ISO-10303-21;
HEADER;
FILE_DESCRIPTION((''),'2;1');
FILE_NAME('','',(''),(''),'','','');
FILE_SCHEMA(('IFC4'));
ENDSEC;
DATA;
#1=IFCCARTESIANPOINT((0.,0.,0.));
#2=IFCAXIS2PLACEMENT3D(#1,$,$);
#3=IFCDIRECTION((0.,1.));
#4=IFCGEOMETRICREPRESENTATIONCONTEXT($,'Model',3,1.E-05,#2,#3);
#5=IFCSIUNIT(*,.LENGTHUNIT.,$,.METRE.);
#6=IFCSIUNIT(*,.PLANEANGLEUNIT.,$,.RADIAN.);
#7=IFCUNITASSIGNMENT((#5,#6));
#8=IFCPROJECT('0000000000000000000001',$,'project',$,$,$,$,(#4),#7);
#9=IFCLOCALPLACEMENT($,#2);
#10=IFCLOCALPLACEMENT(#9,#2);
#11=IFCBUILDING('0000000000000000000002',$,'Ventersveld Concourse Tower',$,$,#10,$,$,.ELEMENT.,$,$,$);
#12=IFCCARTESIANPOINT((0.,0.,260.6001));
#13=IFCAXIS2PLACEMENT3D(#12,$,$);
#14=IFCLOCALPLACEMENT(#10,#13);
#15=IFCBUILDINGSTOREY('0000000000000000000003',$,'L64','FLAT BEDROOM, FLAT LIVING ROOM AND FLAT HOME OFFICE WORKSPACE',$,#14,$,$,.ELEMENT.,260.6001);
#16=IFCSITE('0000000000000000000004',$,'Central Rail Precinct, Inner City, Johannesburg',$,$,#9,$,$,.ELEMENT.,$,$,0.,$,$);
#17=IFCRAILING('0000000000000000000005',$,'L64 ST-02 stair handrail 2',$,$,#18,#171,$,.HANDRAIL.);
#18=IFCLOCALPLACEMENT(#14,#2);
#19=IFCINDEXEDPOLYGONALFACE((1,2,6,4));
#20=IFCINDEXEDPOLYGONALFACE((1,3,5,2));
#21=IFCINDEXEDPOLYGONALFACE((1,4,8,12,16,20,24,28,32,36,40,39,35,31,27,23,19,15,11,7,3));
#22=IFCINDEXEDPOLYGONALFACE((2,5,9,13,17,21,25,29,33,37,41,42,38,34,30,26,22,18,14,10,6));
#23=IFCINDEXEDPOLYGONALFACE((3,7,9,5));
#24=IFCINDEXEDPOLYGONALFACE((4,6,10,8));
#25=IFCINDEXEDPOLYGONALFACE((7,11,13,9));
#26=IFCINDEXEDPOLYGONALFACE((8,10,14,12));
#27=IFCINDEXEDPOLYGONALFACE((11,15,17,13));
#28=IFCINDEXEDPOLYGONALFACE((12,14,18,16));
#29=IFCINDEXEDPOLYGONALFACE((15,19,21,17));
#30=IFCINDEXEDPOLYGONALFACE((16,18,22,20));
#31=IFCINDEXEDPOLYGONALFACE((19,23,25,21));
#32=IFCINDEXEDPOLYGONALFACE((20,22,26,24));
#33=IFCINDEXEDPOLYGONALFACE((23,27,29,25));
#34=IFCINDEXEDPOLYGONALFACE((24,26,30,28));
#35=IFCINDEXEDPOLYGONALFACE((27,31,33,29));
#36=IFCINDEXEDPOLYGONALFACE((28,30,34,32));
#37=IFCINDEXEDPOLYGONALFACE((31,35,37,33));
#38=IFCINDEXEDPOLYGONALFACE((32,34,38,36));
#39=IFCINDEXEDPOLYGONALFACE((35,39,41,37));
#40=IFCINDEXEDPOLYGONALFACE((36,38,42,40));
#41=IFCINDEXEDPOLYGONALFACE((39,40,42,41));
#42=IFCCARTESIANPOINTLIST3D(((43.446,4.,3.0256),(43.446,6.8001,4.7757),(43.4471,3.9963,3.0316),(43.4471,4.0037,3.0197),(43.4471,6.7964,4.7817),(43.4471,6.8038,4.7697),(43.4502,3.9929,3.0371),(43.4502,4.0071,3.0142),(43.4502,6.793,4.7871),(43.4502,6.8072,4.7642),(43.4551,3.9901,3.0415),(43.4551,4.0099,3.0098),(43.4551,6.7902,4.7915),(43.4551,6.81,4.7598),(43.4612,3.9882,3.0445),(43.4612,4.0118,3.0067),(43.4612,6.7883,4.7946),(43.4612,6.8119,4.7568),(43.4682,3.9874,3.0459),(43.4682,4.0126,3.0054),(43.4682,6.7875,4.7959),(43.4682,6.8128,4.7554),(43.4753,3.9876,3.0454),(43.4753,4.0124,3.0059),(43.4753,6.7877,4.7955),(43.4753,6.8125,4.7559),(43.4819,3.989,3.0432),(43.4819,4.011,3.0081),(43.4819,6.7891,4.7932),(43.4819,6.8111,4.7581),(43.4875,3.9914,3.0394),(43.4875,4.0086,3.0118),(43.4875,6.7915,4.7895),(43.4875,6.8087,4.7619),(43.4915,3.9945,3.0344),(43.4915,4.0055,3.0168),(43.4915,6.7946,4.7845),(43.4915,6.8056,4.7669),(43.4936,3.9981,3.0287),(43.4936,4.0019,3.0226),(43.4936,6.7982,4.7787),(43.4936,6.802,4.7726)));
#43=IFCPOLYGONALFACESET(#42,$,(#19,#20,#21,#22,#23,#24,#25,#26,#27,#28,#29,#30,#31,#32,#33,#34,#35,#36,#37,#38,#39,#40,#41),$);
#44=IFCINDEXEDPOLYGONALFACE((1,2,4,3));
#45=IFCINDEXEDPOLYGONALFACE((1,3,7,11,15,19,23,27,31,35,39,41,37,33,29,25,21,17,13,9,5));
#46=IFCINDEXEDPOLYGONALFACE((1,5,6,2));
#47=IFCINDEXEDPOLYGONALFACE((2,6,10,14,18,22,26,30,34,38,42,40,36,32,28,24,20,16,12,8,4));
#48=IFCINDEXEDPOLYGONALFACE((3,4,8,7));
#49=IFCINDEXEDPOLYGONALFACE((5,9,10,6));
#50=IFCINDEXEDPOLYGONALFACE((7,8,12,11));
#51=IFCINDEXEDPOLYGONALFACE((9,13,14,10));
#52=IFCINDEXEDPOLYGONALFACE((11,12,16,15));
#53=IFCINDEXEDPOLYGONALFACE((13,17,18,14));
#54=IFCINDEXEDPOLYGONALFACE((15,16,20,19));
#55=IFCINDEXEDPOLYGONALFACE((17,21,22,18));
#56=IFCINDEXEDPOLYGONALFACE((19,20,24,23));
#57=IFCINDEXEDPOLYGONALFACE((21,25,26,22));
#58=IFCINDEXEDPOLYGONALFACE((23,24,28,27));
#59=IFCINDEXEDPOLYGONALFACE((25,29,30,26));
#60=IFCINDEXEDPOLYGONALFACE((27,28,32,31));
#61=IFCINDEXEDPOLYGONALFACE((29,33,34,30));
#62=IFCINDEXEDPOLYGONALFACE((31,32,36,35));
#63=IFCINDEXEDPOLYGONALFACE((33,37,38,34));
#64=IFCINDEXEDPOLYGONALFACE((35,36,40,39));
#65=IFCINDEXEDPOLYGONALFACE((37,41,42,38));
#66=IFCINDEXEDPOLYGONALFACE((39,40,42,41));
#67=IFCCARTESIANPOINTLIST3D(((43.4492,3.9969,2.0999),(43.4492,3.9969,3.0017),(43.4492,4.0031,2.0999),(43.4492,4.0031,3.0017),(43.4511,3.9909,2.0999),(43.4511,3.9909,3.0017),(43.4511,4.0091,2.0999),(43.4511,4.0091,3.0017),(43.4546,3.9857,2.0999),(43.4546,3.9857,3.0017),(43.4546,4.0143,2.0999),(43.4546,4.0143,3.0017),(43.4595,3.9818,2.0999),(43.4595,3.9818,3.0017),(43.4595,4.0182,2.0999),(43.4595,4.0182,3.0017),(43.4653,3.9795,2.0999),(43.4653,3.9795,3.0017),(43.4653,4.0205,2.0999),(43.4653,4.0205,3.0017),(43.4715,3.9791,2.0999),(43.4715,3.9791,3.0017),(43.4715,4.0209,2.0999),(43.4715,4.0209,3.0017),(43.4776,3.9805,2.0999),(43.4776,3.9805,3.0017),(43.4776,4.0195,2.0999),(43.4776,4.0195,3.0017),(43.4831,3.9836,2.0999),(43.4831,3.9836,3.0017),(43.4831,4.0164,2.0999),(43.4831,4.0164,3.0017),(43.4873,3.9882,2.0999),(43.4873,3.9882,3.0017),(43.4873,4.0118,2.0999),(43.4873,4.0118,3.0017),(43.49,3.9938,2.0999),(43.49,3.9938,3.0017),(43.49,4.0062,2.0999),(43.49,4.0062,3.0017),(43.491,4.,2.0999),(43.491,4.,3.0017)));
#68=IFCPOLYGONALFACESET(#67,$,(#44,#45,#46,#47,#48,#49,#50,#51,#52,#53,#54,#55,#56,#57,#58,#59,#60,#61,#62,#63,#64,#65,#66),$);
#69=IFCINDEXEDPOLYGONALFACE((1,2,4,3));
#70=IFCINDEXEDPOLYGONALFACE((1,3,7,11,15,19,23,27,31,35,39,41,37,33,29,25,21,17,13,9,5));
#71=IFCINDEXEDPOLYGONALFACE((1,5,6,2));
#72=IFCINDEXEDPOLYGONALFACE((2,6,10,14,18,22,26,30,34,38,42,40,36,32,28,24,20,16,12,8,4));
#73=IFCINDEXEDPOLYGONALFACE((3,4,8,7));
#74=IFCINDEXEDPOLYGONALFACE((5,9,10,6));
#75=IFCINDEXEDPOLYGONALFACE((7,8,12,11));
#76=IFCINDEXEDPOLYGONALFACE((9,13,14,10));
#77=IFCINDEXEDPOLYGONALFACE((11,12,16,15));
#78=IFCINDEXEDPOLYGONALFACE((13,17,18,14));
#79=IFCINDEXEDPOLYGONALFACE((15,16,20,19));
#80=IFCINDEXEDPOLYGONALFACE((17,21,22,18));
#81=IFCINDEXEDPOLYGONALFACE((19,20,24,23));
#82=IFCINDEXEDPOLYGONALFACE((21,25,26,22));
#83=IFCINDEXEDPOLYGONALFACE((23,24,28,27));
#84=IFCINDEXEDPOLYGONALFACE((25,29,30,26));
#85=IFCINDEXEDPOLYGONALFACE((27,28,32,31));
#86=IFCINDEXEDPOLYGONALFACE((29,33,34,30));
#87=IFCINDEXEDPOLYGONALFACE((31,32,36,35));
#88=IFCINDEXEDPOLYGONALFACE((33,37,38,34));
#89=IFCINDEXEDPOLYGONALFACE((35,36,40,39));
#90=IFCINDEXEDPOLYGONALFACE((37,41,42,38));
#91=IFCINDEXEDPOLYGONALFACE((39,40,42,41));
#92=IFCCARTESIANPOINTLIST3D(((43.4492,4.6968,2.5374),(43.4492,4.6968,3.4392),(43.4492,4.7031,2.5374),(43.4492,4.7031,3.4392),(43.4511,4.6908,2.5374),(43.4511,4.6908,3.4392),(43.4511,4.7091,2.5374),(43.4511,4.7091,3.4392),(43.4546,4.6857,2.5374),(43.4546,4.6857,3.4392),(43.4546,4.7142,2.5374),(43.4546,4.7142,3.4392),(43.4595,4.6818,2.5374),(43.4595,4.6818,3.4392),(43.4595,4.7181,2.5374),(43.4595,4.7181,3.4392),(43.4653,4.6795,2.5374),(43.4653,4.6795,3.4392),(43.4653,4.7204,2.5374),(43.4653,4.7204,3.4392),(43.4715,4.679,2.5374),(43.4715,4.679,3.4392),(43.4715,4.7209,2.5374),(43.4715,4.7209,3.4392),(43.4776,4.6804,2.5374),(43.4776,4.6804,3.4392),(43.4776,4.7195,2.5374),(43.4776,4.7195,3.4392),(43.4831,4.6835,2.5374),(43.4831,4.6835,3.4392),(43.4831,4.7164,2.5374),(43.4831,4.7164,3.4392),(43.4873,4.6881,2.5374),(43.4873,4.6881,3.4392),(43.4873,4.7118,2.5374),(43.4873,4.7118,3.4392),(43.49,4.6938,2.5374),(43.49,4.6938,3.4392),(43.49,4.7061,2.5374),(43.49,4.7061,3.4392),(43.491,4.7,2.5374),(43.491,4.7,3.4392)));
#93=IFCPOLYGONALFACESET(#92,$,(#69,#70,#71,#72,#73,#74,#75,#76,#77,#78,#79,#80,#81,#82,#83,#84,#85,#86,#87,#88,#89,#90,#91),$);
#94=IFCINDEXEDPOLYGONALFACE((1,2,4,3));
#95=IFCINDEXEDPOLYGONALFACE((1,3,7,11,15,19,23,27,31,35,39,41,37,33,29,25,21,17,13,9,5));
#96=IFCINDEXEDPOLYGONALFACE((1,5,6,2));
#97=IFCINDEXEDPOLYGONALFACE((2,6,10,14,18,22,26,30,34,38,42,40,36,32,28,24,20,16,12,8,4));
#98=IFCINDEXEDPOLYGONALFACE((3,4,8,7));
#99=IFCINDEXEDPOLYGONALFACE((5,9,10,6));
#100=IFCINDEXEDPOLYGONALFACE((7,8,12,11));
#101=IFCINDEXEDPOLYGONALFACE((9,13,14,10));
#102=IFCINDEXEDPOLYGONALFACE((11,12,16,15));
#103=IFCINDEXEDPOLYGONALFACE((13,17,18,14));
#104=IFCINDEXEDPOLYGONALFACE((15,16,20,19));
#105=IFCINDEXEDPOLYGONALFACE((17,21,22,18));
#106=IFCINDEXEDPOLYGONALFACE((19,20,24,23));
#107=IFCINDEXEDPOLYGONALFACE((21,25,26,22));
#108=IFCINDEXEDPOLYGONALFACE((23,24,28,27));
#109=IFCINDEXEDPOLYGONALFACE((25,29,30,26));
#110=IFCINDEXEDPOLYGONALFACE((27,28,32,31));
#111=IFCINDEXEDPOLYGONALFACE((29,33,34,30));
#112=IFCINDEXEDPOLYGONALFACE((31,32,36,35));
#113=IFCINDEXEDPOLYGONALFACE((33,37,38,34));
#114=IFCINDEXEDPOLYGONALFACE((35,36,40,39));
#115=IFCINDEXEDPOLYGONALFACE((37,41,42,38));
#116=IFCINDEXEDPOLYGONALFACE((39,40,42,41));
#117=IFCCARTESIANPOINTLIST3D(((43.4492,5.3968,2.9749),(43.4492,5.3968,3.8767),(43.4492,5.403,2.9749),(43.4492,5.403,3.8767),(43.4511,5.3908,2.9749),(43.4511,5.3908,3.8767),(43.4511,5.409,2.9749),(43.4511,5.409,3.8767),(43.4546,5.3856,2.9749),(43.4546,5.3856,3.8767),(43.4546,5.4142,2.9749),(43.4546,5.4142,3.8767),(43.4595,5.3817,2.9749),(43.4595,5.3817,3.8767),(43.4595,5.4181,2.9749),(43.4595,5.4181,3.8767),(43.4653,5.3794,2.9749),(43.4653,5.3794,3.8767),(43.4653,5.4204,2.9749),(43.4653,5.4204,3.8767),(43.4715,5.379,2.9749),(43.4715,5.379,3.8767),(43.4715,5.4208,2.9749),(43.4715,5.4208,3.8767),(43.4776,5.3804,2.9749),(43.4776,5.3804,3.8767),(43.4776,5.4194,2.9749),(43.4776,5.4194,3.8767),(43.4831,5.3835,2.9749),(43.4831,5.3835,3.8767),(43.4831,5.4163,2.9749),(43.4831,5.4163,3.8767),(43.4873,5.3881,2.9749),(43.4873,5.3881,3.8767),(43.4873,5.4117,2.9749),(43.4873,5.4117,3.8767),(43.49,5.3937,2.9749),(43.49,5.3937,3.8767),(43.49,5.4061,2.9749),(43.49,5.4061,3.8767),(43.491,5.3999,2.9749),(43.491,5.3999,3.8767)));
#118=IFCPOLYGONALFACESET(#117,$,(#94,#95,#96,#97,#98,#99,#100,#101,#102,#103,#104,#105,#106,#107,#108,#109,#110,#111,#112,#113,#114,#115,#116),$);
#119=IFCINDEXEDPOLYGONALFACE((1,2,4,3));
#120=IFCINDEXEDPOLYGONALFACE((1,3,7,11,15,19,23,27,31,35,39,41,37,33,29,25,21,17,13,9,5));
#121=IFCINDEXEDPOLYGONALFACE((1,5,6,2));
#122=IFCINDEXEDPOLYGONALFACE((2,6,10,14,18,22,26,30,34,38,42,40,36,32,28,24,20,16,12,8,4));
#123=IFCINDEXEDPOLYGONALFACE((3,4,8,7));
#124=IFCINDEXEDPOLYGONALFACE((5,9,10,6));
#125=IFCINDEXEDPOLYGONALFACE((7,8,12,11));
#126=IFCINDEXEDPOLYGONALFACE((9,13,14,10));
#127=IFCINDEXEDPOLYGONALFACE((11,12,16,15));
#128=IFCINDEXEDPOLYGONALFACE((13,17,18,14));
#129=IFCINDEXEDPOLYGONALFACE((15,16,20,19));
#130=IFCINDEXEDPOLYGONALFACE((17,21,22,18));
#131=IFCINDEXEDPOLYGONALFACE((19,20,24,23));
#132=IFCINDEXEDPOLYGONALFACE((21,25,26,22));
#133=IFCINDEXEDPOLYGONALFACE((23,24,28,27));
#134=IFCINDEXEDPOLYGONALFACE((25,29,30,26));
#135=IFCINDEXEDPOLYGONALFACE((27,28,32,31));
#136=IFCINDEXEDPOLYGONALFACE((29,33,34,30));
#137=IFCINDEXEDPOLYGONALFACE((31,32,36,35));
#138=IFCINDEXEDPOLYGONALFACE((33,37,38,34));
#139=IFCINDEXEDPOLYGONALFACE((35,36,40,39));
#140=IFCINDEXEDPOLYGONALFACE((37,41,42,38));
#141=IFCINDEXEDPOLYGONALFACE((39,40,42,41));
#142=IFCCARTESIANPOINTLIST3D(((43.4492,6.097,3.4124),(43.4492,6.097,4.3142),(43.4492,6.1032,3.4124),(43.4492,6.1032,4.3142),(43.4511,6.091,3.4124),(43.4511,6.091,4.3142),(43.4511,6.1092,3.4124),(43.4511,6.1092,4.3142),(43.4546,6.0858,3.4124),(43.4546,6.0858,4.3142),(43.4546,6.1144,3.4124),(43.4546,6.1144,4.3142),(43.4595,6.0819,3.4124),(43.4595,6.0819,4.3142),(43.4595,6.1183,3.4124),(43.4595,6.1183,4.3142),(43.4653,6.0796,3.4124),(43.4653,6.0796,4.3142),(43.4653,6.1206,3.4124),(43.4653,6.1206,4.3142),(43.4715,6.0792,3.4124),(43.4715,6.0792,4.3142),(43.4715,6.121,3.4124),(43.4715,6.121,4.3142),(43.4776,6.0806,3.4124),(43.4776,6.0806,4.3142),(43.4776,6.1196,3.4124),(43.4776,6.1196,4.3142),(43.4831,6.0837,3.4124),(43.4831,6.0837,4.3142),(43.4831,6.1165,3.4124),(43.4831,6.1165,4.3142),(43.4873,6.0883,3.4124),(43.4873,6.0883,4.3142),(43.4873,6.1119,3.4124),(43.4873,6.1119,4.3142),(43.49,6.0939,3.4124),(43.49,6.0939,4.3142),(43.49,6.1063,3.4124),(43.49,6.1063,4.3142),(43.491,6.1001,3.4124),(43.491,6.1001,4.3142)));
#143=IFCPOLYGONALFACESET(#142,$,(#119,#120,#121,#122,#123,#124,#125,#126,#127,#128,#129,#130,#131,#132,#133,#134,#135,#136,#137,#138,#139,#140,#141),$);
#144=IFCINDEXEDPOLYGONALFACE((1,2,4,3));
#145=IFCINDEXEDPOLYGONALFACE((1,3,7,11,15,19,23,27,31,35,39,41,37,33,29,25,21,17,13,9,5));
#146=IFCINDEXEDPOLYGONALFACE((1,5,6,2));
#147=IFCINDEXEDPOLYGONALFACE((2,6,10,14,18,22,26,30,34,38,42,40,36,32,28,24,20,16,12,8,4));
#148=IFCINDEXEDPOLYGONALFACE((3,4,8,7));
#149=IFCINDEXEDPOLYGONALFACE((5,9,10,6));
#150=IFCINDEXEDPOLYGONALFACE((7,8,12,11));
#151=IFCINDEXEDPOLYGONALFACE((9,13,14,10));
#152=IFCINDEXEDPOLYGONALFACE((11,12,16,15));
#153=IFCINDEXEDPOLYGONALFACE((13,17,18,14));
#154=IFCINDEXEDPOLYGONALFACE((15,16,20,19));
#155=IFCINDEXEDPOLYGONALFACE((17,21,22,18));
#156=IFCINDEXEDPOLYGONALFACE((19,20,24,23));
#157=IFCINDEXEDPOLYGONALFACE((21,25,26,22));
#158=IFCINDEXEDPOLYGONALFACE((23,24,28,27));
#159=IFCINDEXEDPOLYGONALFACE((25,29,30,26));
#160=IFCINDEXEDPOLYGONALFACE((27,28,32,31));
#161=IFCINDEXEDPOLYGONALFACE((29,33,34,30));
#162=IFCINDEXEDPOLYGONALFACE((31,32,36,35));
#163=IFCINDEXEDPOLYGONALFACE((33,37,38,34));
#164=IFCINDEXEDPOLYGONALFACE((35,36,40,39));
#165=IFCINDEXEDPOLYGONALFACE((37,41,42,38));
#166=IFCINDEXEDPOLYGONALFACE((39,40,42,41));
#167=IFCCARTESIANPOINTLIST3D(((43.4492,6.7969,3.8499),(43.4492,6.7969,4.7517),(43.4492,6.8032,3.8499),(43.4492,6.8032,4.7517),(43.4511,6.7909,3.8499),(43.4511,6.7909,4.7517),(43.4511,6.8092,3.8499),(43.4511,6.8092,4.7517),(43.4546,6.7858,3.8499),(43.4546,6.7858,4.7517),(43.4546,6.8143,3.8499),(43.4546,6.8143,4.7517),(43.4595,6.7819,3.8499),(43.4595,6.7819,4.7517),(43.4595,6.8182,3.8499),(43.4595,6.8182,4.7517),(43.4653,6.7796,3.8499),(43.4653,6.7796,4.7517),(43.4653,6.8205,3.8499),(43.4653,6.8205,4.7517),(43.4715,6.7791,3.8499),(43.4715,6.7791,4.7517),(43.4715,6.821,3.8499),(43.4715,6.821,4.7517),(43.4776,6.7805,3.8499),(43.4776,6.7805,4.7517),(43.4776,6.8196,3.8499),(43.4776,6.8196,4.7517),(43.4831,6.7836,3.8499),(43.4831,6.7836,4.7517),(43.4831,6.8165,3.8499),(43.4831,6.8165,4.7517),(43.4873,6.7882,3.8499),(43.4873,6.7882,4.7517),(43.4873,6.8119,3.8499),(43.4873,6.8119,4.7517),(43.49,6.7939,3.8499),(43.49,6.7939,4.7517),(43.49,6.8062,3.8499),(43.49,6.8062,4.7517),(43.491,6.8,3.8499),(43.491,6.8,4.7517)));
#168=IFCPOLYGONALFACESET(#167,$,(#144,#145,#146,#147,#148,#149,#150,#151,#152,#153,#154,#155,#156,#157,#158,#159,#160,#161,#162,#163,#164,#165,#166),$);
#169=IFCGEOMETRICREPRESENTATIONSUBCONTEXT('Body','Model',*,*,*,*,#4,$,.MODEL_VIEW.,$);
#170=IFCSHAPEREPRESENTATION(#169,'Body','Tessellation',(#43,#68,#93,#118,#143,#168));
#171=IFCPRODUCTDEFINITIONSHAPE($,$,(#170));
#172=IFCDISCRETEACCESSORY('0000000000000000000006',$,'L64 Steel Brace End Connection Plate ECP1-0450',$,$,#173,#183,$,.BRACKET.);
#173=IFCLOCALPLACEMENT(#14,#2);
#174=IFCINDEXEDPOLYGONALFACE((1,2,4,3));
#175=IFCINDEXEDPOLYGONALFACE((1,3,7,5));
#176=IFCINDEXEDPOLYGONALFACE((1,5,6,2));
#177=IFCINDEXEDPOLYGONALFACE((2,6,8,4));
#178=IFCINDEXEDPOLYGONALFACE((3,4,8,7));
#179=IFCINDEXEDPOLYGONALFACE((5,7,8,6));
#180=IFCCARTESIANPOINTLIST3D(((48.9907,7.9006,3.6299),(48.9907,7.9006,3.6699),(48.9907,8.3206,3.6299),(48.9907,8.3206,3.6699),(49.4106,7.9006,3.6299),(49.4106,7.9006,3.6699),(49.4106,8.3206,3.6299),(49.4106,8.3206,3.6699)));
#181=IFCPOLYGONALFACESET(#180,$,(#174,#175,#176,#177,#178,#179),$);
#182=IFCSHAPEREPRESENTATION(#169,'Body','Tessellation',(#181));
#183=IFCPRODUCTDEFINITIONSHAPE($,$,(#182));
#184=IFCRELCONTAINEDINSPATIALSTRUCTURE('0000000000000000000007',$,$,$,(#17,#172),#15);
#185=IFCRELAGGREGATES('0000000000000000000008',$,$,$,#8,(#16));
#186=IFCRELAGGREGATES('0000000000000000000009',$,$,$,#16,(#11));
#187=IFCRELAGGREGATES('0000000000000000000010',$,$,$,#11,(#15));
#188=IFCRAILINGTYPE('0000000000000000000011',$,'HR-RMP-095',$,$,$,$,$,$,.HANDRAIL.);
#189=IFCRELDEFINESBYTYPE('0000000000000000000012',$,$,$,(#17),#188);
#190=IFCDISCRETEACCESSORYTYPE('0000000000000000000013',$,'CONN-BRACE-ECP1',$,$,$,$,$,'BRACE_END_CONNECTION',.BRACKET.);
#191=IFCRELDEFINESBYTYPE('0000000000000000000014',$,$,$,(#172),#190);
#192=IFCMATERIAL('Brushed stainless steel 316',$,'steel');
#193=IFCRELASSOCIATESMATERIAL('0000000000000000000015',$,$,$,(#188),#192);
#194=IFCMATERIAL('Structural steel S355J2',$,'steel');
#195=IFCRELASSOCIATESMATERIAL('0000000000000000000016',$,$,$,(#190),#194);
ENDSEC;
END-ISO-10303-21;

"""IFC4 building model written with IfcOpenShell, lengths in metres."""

from ifc_helpers import new_model, si_unit, direction, frame, origin, origin_2d, place, context, subcontext, project, spatial, rectangle, circle, extrude, material, type_object, element, save


model = new_model("IFC4")

# Units and contexts
model_context = context("Model", 3, precision=1e-05, world=origin(), true_north=direction((0.0, 1.0)))
body_context = subcontext(model_context, "Body", "Model", "MODEL_VIEW")
ifc_project = project(units=[si_unit("LENGTHUNIT", "METRE"), si_unit("PLANEANGLEUNIT", "RADIAN")], contexts=[model_context])

# Site, building, storey
site_placement = place(None, origin())
site = spatial("IfcSite", under=ifc_project, at=site_placement, Name="Central Rail Precinct, Inner City, Johannesburg", CompositionType="ELEMENT", RefElevation=0.0)
building_placement = place(site_placement, origin())
building = spatial("IfcBuilding", under=site, at=building_placement, Name="Ventersveld Concourse Tower", CompositionType="ELEMENT")
storey_placement = place(building_placement, frame((0.0, 0.0, 260.6001)))
storey = spatial("IfcBuildingStorey", under=building, at=storey_placement, Name="L64", Description="FLAT BEDROOM, FLAT LIVING ROOM AND FLAT HOME OFFICE WORKSPACE", CompositionType="ELEMENT", Elevation=260.6001)

# Shared definitions
ifc_material_1 = material(Name="Structural steel S355J2", Category="steel")

# Railing
ifc_material_2 = material(Name="Brushed stainless steel 316", Category="steel")
railing_type = type_object("IfcRailingType", Name="HR-RMP-095", PredefinedType="HANDRAIL", material=ifc_material_2)
railing_placement = place(storey_placement, frame((43.47, 4.0, 2.0999)))
element("IfcRailing", 1, at=railing_placement, inside=storey, type_object=railing_type, Name="L64 ST-02 stair handrail 2", PredefinedType="HANDRAIL", context=body_context, shape_type="SweptSolid", body=[
    extrude(circle(Radius=0.0239, at=origin_2d()), frame((0.0, 0.0, 0.9258), z_axis=(0.0, 0.848002, 0.529992), x_axis=(-1.0, 0.0, 0.0)), (0.0, 0.0, 1.0), 3.302),
    extrude(circle(Radius=0.021, at=origin_2d()), origin(), (0.0, 0.0, 1.0), 0.9019),
    extrude(circle(Radius=0.021, at=origin_2d()), frame((0.0, 0.7, 0.4375)), (0.0, 0.0, 1.0), 0.9019),
    extrude(circle(Radius=0.021, at=origin_2d()), frame((0.0, 1.3999, 0.875)), (0.0, 0.0, 1.0), 0.9019),
    extrude(circle(Radius=0.021, at=origin_2d()), frame((0.0, 2.1001, 1.3125)), (0.0, 0.0, 1.0), 0.9019),
    extrude(circle(Radius=0.021, at=origin_2d()), frame((0.0, 2.8, 1.75)), (0.0, 0.0, 1.0), 0.9019),
])

# Discrete accessory
discrete_accessory_type = type_object("IfcDiscreteAccessoryType", Name="CONN-BRACE-ECP1", ElementType="BRACE_END_CONNECTION", PredefinedType="BRACKET", material=ifc_material_1)
discrete_accessory_placement = place(storey_placement, frame((49.2007, 8.1106, 3.6299), z_axis=(0.0, 0.0, 1.0), x_axis=(1.0, 0.0, 0.0)))
element("IfcDiscreteAccessory", 2, at=discrete_accessory_placement, inside=storey, type_object=discrete_accessory_type, Name="L64 Steel Brace End Connection Plate ECP1-0450", PredefinedType="BRACKET", context=body_context, shape_type="SweptSolid", body=[
    extrude(rectangle(XDim=0.4199, YDim=0.4199, at=origin_2d()), origin(), (0.0, 0.0, 1.0), 0.04),
])

save(model, "model.ifc")
